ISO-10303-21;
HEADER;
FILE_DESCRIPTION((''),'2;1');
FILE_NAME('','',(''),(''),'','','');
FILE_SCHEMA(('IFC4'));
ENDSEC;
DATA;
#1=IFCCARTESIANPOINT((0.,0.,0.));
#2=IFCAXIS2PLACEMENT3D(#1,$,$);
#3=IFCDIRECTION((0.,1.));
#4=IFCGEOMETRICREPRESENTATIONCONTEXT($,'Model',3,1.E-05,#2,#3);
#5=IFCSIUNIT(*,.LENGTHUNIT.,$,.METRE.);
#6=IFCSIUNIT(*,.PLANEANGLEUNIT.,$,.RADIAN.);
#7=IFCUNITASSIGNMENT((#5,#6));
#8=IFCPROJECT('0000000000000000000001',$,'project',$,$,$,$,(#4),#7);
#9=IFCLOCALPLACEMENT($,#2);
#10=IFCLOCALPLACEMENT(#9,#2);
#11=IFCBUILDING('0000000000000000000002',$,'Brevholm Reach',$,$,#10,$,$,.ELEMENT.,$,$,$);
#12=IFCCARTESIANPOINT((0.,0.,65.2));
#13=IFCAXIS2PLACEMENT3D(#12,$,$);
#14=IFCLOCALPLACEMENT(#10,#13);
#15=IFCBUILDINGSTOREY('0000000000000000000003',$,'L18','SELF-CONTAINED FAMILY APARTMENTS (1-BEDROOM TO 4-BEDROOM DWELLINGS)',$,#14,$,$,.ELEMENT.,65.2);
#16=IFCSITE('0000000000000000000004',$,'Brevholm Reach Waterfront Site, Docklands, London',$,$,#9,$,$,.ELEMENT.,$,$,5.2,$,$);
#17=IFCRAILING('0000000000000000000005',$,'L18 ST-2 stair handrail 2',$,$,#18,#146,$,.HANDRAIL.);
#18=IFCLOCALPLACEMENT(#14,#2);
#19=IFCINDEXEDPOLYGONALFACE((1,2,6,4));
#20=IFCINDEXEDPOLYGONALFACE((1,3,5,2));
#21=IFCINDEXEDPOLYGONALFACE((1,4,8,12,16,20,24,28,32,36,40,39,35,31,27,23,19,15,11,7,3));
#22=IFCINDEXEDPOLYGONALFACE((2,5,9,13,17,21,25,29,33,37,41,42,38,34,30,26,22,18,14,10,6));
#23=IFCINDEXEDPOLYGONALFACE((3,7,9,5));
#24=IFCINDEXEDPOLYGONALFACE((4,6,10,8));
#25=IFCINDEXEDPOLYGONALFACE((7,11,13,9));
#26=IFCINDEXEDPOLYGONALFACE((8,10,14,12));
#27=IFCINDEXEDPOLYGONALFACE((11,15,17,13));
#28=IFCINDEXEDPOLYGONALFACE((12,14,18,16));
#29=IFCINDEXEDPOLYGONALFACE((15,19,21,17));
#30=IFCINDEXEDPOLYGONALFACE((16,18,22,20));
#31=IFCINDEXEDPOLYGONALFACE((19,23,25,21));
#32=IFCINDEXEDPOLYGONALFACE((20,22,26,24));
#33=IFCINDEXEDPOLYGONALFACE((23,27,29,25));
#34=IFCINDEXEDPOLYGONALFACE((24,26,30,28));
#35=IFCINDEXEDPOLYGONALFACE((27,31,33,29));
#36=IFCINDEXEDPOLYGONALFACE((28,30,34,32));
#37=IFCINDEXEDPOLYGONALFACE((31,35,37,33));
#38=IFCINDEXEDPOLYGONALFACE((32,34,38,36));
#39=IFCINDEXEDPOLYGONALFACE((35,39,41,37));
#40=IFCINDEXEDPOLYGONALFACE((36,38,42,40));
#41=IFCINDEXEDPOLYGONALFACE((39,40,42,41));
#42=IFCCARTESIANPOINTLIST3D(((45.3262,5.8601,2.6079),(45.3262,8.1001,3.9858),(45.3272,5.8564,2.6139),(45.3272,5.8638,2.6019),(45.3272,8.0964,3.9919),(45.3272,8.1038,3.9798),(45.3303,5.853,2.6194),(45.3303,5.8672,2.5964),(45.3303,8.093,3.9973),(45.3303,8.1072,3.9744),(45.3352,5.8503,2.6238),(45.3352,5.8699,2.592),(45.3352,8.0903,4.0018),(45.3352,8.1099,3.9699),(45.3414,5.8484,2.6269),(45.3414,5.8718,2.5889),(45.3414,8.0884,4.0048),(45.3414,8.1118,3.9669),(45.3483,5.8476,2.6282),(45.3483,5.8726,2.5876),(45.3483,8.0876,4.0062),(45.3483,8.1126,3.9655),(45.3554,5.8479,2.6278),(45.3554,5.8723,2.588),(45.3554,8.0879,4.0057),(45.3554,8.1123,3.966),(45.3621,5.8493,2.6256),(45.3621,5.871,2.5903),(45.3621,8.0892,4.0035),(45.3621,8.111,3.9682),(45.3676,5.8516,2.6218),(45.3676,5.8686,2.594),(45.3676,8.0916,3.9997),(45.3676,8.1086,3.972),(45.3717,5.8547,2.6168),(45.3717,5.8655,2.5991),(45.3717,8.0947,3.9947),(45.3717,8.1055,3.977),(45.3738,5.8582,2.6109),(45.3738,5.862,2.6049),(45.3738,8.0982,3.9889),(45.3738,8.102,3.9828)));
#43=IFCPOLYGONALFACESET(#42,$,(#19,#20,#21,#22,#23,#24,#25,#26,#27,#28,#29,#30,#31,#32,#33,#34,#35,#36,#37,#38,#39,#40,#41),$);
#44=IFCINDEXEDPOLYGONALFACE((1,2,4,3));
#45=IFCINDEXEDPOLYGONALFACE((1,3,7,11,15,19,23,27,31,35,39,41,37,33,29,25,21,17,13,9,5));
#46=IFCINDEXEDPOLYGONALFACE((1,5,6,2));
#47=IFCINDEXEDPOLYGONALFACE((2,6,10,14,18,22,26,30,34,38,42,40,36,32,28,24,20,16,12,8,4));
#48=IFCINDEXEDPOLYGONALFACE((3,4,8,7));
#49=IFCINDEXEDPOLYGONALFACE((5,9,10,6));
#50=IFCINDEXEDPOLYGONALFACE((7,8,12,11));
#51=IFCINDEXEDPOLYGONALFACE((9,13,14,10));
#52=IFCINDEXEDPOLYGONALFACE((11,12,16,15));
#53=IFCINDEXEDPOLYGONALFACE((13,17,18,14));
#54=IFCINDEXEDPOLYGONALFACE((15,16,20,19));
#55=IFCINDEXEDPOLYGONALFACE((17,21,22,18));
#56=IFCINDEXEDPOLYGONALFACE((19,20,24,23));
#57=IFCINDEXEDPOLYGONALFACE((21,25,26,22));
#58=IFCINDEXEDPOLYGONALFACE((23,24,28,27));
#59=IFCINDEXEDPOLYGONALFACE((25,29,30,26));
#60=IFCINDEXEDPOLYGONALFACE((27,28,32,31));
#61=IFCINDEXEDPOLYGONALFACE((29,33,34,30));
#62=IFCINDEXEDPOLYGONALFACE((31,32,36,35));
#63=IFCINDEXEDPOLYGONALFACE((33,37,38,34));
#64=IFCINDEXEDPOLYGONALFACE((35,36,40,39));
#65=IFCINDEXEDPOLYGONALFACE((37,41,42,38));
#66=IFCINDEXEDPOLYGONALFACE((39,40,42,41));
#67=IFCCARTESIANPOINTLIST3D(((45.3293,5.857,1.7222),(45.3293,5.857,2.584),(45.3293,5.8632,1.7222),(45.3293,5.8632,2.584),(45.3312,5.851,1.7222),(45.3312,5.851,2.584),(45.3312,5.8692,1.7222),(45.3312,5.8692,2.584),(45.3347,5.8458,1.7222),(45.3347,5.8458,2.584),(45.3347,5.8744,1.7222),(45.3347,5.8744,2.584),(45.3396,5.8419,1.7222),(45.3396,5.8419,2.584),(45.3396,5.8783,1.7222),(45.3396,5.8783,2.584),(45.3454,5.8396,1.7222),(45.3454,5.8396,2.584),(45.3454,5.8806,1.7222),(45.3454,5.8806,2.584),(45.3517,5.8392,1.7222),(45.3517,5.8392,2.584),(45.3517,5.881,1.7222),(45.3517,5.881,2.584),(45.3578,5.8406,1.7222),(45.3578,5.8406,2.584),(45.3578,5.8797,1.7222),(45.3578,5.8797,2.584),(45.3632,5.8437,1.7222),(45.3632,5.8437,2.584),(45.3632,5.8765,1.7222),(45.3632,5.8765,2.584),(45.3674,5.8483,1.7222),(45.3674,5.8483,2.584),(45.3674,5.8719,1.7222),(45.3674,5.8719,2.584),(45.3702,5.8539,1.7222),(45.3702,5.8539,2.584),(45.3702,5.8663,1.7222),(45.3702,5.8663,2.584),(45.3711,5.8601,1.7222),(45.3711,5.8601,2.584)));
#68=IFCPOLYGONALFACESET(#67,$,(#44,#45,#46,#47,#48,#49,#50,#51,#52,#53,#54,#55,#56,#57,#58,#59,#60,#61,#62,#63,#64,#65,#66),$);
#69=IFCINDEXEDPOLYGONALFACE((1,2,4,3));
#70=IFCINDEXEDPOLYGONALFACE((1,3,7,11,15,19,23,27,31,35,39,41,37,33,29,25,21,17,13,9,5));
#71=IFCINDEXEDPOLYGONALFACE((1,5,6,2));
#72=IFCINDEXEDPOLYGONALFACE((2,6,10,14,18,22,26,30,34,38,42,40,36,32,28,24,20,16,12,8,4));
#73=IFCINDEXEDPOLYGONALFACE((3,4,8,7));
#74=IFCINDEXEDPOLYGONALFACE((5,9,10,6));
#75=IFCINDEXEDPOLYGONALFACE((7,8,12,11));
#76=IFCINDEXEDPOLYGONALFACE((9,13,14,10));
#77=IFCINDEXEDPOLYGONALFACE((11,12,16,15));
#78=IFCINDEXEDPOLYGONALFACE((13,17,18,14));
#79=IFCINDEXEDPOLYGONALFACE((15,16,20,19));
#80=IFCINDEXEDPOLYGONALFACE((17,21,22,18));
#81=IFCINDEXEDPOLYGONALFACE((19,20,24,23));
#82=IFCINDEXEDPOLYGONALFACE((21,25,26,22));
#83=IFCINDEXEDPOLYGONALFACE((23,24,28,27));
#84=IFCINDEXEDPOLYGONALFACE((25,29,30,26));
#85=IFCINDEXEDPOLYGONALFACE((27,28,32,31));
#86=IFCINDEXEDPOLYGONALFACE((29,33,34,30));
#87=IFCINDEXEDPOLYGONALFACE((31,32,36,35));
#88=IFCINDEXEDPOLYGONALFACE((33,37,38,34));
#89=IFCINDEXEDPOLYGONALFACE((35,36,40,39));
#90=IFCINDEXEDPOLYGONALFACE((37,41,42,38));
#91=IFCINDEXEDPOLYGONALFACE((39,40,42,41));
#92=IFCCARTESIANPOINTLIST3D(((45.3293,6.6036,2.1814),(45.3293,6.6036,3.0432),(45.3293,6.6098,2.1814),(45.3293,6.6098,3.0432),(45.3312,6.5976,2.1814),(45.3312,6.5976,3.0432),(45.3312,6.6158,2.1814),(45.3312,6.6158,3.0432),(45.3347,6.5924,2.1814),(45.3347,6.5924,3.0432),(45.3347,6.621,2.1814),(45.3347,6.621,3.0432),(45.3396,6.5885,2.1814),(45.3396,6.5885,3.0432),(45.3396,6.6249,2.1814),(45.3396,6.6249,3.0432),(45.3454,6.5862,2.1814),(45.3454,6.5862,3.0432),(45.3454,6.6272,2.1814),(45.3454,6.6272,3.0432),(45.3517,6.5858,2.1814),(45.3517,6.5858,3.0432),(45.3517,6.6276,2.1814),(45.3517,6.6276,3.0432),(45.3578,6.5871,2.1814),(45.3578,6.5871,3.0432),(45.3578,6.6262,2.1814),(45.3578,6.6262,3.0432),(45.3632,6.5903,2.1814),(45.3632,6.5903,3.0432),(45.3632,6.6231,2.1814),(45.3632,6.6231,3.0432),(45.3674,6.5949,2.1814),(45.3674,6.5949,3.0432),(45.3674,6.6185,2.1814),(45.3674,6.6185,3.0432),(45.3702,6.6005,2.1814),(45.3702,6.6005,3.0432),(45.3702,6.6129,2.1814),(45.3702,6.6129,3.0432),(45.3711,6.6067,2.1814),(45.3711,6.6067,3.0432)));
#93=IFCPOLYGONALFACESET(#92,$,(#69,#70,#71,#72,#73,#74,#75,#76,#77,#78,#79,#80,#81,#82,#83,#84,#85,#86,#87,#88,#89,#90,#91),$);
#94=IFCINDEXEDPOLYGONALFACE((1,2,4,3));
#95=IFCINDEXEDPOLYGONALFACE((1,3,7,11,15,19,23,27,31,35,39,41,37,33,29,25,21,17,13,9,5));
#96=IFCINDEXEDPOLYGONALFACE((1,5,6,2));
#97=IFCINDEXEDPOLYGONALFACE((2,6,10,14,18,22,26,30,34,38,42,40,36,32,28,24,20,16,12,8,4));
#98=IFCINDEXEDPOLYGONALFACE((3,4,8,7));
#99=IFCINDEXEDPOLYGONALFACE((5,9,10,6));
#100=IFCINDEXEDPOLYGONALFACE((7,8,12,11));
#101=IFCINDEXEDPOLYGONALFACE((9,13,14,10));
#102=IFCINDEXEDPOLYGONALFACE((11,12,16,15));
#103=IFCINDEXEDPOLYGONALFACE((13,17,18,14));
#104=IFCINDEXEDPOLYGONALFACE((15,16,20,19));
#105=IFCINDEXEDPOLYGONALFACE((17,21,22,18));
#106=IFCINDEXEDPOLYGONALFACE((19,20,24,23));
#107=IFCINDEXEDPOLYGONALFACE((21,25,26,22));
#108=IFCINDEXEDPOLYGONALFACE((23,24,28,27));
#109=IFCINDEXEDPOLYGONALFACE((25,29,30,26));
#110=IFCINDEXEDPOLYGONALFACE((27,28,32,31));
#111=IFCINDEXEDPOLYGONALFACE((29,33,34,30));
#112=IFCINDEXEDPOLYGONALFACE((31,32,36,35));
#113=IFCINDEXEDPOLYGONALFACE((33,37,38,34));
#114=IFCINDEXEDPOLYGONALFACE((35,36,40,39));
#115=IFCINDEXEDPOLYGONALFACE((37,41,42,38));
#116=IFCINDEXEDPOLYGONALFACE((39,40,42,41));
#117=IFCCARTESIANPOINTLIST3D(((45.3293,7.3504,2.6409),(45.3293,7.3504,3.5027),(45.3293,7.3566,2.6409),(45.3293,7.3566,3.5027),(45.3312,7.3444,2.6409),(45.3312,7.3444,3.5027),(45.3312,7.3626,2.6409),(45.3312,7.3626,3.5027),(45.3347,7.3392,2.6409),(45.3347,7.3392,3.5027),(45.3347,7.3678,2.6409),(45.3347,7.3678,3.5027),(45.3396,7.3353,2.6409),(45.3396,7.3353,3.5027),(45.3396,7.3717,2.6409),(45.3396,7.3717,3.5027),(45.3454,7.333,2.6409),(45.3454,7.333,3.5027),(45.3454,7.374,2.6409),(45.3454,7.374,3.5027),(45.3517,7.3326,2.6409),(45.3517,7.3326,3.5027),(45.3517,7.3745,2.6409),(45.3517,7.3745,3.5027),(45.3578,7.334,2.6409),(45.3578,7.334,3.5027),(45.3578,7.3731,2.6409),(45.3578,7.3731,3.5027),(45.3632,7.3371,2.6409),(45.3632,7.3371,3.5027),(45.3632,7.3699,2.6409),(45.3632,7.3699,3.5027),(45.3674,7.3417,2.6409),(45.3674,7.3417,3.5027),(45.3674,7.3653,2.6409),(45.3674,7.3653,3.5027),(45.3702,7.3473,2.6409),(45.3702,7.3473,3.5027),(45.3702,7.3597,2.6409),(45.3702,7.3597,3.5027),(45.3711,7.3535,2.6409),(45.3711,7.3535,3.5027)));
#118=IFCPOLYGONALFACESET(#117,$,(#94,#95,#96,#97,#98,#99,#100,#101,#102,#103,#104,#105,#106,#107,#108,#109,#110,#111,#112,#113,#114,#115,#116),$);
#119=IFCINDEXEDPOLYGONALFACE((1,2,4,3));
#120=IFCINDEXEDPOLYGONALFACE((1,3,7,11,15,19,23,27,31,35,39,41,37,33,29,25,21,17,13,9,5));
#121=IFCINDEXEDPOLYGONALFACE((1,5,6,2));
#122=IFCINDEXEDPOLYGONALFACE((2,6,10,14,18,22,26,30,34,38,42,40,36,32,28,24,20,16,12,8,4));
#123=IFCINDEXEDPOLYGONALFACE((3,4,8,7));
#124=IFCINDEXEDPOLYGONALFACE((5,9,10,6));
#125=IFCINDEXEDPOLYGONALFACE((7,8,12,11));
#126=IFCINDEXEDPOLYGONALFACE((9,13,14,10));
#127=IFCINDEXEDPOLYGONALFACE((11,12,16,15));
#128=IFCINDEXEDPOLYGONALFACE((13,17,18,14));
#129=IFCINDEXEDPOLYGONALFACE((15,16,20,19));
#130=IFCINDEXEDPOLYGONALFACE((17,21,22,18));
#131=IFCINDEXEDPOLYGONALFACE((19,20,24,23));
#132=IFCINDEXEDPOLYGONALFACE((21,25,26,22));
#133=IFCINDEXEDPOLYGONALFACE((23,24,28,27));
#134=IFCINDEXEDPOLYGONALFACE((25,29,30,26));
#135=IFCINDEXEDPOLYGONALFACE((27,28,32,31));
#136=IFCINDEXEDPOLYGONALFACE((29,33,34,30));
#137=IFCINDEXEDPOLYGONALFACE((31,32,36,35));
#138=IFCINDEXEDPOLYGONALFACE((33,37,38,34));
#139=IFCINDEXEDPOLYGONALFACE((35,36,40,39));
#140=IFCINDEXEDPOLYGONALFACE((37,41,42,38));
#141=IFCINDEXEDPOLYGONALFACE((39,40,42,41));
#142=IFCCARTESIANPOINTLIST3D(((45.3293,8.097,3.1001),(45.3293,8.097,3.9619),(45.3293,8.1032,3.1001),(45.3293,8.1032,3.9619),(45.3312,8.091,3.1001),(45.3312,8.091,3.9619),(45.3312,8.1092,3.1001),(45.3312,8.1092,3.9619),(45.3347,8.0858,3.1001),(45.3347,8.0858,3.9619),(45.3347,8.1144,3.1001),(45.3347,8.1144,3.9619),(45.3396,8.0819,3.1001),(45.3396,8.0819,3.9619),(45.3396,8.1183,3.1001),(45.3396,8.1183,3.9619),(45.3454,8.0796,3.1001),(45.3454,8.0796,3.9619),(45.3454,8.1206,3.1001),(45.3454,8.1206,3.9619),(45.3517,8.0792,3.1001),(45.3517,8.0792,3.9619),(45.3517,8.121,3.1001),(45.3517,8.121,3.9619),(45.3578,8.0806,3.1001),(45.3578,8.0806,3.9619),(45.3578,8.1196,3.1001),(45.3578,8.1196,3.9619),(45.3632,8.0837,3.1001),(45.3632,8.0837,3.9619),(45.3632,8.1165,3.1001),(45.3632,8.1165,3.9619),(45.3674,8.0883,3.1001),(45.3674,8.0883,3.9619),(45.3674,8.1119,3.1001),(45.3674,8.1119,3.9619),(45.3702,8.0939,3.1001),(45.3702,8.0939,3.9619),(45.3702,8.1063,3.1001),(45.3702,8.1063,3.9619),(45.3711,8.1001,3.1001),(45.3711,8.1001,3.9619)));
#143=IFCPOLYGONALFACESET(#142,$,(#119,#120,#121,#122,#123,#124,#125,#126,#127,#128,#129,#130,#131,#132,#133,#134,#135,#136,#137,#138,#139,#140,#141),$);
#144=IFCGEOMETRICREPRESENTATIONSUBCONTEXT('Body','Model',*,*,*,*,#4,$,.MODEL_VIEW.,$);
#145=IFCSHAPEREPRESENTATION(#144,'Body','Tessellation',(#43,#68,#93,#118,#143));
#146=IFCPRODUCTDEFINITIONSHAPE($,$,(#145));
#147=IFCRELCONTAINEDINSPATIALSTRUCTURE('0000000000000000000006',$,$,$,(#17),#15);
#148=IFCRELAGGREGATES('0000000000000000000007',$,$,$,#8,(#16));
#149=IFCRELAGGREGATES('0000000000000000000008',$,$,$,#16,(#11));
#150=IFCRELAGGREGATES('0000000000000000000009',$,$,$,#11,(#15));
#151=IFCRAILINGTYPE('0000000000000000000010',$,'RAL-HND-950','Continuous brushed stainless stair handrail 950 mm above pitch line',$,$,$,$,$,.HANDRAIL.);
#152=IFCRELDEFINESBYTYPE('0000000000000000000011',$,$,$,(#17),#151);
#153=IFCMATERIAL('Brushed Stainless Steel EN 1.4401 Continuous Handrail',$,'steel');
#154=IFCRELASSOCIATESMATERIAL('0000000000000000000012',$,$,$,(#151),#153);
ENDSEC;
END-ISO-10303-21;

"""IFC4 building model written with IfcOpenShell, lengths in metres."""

from ifc_helpers import new_model, si_unit, direction, frame, origin, origin_2d, place, context, subcontext, project, spatial, circle, extrude, material, type_object, element, save


model = new_model("IFC4")

# Units and contexts
model_context = context("Model", 3, precision=1e-05, world=origin(), true_north=direction((0.0, 1.0)))
body_context = subcontext(model_context, "Body", "Model", "MODEL_VIEW")
ifc_project = project(units=[si_unit("LENGTHUNIT", "METRE"), si_unit("PLANEANGLEUNIT", "RADIAN")], contexts=[model_context])

# Site, building, storey
site_placement = place(None, origin())
site = spatial("IfcSite", under=ifc_project, at=site_placement, Name="Brevholm Reach Waterfront Site, Docklands, London", CompositionType="ELEMENT", RefElevation=5.2)
building_placement = place(site_placement, origin())
building = spatial("IfcBuilding", under=site, at=building_placement, Name="Brevholm Reach", CompositionType="ELEMENT")
storey_placement = place(building_placement, frame((0.0, 0.0, 65.2)))
storey = spatial("IfcBuildingStorey", under=building, at=storey_placement, Name="L18", Description="SELF-CONTAINED FAMILY APARTMENTS (1-BEDROOM TO 4-BEDROOM DWELLINGS)", CompositionType="ELEMENT", Elevation=65.2)

# Railing
ifc_material_1 = material(Name="Brushed Stainless Steel EN 1.4401 Continuous Handrail", Category="steel")
railing_type_1 = type_object("IfcRailingType", Name="RAL-HND-950", Description="Continuous brushed stainless stair handrail 950 mm above pitch line", PredefinedType="HANDRAIL", material=ifc_material_1)
railing_1_placement = place(storey_placement, frame((45.3501, 5.8601, 1.7222)))
element("IfcRailing", 1, at=railing_1_placement, inside=storey, type_object=railing_type_1, Name="L18 ST-2 stair handrail 2", PredefinedType="HANDRAIL", context=body_context, shape_type="SweptSolid", body=[
    extrude(circle(Radius=0.0239, at=origin_2d()), frame((0.0, 0.0, 0.8857), z_axis=(0.0, 0.851748, 0.523952), x_axis=(-1.0, 0.0, 0.0)), (0.0, 0.0, 1.0), 2.6299),
    extrude(circle(Radius=0.021, at=origin_2d()), origin(), (0.0, 0.0, 1.0), 0.8618),
    extrude(circle(Radius=0.021, at=origin_2d()), frame((0.0, 0.7466, 0.4592)), (0.0, 0.0, 1.0), 0.8618),
    extrude(circle(Radius=0.021, at=origin_2d()), frame((0.0, 1.4934, 0.9187)), (0.0, 0.0, 1.0), 0.8618),
    extrude(circle(Radius=0.021, at=origin_2d()), frame((0.0, 2.24, 1.3779)), (0.0, 0.0, 1.0), 0.8618),
])

save(model, "model.ifc")
